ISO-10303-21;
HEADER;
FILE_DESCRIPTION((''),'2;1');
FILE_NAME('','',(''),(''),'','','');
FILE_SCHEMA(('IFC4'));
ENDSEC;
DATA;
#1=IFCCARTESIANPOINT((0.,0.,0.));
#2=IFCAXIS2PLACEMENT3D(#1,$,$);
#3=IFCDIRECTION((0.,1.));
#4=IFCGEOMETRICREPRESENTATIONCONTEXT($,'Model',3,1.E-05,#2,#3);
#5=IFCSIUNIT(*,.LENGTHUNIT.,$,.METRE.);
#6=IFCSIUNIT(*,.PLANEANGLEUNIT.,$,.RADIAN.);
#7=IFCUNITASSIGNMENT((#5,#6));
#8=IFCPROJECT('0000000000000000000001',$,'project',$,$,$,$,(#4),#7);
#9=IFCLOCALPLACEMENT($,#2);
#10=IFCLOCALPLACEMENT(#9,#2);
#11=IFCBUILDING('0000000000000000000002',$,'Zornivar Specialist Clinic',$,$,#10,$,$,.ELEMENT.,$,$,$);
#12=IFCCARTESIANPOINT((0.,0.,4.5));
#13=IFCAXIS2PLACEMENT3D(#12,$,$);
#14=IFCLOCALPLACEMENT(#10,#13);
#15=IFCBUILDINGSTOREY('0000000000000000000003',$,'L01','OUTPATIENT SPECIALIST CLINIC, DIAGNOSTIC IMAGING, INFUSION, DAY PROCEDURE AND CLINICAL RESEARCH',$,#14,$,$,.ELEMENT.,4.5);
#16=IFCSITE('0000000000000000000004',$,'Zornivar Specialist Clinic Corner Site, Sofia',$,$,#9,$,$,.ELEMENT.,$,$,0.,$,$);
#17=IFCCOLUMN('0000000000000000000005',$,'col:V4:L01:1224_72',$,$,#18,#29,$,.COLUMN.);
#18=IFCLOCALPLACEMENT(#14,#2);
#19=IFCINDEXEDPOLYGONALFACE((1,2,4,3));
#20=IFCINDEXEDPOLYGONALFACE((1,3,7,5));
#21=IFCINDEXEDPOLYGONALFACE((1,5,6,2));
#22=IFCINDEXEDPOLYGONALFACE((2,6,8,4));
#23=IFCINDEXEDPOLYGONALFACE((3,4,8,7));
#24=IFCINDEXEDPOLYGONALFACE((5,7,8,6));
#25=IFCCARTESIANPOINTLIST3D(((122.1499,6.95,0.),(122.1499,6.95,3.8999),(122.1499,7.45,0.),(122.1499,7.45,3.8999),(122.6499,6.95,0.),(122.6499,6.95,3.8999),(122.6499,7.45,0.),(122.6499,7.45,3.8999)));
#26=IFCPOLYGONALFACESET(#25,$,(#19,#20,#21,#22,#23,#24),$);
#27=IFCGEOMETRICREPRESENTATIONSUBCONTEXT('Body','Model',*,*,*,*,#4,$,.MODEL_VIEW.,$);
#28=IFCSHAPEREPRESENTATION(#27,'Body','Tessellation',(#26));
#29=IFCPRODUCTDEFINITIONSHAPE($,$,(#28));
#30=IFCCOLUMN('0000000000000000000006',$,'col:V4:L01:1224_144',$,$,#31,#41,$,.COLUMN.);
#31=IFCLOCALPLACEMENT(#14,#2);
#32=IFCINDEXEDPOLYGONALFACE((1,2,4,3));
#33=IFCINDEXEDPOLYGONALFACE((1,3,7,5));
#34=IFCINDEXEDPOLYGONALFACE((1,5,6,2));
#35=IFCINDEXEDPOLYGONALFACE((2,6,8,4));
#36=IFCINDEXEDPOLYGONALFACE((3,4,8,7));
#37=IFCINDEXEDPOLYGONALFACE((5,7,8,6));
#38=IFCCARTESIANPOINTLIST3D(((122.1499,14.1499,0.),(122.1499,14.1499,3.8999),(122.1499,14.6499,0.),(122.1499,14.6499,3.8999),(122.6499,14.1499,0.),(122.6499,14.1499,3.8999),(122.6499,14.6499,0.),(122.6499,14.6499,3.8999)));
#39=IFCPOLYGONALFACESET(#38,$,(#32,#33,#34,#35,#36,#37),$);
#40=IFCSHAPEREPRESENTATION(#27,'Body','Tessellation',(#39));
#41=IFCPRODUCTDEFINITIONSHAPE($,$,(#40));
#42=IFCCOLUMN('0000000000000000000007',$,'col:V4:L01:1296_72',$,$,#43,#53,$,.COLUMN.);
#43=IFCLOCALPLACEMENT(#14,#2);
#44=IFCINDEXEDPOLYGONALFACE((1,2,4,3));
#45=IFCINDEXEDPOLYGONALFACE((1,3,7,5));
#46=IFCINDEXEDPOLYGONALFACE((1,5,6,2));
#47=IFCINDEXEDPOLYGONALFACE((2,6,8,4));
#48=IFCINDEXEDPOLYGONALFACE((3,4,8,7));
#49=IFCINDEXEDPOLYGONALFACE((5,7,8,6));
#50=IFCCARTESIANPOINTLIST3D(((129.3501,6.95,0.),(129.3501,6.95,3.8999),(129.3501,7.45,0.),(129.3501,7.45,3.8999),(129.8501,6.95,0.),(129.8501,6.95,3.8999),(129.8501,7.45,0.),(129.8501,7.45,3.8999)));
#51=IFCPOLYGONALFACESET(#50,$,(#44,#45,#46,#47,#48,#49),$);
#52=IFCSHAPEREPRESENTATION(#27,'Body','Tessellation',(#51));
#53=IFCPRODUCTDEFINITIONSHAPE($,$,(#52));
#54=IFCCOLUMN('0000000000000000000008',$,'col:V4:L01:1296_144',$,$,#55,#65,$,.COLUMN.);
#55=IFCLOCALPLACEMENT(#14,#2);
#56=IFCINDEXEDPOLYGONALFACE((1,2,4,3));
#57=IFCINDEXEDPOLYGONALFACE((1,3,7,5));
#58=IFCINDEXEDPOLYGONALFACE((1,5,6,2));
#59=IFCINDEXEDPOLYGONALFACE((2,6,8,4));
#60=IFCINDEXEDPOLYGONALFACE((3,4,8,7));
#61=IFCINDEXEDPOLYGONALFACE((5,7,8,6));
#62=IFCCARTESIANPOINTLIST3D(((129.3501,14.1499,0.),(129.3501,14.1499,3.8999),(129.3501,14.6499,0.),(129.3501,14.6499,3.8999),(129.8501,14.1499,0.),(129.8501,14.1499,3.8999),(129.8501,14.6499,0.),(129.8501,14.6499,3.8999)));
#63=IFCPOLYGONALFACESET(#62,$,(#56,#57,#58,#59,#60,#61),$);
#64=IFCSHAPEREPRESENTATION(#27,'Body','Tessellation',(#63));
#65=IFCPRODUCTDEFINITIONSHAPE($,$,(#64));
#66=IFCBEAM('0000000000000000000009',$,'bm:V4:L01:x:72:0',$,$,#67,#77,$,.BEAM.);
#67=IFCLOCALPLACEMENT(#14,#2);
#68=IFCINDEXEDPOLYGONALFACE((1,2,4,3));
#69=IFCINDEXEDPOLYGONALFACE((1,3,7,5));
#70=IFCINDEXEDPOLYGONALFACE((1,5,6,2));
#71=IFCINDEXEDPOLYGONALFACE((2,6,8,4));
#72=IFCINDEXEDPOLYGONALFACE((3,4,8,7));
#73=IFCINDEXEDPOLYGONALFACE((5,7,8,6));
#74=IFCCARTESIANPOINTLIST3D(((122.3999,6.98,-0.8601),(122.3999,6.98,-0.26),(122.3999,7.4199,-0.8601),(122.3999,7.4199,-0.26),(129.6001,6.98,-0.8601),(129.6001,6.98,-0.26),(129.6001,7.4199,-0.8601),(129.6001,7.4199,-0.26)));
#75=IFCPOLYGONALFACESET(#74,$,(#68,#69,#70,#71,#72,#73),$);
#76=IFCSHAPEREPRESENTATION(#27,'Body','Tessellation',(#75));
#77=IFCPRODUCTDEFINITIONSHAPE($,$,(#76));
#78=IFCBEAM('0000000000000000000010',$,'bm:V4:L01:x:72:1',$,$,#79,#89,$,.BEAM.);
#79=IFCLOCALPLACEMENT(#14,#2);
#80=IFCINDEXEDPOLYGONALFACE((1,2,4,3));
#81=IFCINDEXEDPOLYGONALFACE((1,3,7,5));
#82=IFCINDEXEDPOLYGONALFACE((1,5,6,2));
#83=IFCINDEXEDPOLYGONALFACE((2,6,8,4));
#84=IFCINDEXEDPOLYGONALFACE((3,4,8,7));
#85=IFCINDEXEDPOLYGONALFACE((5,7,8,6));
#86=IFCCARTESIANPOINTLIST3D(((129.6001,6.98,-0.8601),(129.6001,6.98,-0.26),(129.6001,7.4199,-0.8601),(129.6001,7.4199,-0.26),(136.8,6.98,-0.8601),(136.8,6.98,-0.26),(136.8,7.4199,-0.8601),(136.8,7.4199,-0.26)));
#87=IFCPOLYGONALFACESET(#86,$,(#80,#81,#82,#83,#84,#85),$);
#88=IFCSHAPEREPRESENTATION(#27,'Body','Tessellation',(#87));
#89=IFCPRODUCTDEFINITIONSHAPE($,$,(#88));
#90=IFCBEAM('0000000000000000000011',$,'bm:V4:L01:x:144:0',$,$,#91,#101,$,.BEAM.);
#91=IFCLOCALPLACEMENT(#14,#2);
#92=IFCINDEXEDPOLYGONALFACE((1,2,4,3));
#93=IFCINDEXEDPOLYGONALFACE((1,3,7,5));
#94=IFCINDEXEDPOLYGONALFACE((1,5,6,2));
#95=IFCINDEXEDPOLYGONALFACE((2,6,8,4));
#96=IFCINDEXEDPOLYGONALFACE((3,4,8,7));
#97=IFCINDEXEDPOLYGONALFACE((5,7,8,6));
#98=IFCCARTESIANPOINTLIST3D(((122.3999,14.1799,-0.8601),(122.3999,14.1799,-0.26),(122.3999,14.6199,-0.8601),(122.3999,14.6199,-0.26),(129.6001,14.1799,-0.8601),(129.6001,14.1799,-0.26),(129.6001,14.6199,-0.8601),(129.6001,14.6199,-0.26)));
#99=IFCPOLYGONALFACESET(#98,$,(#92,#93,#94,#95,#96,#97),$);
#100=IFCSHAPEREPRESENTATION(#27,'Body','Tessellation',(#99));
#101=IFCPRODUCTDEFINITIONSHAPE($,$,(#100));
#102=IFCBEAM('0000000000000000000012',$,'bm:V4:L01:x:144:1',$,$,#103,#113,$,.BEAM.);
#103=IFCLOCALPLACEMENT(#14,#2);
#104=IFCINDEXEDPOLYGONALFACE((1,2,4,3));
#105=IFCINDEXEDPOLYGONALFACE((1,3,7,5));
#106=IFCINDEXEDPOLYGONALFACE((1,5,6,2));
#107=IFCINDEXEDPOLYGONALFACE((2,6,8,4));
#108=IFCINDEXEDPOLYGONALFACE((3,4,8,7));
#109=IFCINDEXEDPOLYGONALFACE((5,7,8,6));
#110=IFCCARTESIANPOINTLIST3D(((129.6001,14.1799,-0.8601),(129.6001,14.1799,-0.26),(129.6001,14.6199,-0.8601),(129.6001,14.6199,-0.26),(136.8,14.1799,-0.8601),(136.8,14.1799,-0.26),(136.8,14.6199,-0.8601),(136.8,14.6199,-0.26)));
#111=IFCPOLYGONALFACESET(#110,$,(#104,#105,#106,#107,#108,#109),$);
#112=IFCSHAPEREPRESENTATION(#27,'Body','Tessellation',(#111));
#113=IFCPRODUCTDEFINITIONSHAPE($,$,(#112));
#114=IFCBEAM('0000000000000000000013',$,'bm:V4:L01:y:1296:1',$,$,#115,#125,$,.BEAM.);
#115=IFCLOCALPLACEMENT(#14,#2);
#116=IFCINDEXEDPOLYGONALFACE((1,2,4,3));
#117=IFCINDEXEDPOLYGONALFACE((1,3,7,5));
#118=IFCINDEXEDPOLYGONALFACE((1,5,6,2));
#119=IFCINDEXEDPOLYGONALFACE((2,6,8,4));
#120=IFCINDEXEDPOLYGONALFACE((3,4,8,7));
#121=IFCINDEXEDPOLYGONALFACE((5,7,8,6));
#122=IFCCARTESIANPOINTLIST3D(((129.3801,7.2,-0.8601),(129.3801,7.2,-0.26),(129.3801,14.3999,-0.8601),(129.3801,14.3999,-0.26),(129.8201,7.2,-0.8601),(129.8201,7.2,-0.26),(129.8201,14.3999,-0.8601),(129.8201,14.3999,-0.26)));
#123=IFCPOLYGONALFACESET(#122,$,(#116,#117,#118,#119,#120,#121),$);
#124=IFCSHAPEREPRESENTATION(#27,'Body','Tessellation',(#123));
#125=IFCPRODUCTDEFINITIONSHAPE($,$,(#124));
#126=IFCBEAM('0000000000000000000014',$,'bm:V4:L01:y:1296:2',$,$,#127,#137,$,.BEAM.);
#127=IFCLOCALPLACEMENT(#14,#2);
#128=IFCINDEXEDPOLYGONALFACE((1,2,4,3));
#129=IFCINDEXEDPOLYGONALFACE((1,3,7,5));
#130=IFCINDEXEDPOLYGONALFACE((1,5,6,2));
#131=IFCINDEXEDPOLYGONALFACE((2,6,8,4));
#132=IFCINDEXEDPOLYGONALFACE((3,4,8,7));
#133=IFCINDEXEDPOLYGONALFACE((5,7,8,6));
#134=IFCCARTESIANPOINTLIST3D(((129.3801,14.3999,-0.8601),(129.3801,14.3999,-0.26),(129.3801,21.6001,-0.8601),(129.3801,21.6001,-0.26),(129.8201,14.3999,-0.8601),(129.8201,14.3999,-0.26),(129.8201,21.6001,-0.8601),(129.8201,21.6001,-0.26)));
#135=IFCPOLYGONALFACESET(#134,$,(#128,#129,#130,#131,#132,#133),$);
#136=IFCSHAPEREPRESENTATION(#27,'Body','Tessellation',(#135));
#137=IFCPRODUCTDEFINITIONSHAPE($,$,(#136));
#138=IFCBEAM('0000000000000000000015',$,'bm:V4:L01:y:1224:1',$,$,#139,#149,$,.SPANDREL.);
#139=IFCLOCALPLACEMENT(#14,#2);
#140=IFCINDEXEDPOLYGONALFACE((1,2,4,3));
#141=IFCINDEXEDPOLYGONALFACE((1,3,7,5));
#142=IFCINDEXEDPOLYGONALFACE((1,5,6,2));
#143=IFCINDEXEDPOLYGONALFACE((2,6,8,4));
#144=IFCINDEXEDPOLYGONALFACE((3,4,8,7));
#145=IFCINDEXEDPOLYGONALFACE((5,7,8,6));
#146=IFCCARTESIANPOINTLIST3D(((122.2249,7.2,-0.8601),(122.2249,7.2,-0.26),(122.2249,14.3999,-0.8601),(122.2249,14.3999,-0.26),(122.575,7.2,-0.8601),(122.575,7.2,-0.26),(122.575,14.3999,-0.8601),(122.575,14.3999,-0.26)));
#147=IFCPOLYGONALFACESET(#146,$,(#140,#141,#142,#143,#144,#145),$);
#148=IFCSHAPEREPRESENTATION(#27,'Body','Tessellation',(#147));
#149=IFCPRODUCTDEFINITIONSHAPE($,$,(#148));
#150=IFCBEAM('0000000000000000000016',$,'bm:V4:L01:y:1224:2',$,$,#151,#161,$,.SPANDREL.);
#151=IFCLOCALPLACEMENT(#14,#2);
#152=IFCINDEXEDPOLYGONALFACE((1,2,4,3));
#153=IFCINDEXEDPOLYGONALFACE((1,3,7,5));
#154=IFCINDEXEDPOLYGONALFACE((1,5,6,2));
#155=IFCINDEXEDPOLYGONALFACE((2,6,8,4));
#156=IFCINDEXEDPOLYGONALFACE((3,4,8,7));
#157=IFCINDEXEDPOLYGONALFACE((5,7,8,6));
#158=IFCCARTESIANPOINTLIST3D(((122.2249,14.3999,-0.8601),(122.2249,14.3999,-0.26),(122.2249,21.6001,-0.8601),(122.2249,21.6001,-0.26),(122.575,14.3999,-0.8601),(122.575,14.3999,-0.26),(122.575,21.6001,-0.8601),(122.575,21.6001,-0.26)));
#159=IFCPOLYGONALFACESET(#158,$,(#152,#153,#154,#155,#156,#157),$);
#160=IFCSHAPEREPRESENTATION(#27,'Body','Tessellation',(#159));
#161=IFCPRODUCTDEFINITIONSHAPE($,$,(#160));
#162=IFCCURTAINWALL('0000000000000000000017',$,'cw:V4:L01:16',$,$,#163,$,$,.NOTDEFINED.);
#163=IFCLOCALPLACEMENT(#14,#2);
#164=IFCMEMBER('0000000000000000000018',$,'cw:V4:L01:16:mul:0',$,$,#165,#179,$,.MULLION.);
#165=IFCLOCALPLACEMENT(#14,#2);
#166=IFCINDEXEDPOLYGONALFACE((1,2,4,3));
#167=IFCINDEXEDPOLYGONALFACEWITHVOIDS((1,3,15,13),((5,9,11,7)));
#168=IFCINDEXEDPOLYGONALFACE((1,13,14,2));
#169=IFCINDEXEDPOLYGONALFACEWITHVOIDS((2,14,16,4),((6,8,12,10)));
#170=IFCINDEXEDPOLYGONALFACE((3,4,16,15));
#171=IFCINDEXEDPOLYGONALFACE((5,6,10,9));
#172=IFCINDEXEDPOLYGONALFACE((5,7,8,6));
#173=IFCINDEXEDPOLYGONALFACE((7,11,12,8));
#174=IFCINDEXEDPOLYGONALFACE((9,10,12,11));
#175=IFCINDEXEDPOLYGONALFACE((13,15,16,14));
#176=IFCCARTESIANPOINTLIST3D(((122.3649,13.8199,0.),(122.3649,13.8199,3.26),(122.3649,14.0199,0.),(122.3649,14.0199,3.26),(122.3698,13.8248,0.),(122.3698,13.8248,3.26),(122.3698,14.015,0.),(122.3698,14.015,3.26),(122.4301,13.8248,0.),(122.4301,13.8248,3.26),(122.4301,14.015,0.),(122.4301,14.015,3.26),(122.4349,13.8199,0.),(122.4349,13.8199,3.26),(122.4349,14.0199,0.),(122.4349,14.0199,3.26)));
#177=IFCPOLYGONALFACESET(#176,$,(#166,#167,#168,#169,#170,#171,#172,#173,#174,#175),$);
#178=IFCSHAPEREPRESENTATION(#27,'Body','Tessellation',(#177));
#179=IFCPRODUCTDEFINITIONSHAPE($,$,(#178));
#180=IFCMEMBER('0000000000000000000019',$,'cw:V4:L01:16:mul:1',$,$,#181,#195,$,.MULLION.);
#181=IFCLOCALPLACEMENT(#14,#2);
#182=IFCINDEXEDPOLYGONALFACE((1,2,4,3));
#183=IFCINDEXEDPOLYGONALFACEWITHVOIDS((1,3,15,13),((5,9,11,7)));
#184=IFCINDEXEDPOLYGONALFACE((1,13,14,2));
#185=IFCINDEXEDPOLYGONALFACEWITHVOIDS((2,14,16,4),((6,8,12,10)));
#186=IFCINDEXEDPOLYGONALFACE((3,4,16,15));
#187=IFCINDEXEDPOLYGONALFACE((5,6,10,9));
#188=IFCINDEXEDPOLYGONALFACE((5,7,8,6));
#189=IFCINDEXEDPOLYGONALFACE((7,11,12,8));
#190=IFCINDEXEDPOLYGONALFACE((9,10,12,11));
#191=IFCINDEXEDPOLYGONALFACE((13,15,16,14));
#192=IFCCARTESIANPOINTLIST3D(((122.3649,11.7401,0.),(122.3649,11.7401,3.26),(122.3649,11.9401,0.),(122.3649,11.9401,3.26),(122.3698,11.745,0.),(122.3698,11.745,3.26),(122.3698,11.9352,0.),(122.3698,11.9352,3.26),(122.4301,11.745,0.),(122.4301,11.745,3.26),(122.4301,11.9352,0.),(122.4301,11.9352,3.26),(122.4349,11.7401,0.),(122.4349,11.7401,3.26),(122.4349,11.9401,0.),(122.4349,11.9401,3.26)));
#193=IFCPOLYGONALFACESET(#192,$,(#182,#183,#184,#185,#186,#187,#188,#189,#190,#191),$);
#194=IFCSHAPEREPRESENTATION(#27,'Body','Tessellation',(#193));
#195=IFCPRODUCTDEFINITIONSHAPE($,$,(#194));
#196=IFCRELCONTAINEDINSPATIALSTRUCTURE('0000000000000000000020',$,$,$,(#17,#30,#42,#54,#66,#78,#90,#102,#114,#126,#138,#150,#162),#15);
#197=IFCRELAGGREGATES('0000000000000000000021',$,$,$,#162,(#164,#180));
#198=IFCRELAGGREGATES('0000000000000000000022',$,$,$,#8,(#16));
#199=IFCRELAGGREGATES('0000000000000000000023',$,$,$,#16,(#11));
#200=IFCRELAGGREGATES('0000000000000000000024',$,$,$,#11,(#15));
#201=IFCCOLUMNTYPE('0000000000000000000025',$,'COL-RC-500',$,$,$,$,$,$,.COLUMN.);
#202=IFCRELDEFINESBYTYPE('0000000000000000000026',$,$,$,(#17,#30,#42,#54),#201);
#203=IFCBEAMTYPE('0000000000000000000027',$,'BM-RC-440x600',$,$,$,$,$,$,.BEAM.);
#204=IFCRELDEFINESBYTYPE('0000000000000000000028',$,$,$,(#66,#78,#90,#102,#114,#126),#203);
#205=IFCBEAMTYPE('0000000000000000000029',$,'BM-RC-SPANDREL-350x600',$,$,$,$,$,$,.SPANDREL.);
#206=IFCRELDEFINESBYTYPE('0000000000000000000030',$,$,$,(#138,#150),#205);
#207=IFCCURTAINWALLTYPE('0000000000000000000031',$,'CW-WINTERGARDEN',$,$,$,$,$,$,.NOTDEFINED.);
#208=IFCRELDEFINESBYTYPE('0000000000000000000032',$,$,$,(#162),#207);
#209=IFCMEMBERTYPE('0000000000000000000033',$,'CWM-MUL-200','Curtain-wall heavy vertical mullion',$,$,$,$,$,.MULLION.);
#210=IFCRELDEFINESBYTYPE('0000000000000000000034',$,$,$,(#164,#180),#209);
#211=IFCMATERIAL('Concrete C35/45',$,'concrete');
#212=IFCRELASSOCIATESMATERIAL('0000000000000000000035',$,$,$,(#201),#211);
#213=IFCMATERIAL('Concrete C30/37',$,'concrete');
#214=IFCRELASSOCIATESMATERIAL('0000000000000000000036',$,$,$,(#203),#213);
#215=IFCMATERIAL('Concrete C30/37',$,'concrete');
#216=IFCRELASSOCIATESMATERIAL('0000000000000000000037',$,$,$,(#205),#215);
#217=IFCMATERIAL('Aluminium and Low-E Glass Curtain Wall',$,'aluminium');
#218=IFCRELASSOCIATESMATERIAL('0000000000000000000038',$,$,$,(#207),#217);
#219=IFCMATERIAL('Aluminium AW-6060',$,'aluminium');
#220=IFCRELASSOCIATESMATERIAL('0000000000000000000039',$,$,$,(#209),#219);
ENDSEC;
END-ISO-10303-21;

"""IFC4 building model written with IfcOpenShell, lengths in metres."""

from ifc_helpers import new_model, si_unit, direction, frame, origin, origin_2d, place, context, subcontext, project, spatial, rectangle, hollow_rectangle, extrude, material, material_profile, profile_set, type_object, element, aggregate, save


model = new_model("IFC4")

# Units and contexts
model_context = context("Model", 3, precision=1e-05, world=origin(), true_north=direction((0.0, 1.0)))
body_context = subcontext(model_context, "Body", "Model", "MODEL_VIEW")
ifc_project = project(units=[si_unit("LENGTHUNIT", "METRE"), si_unit("PLANEANGLEUNIT", "RADIAN")], contexts=[model_context])

# Site, building, storey
site_placement = place(None, origin())
site = spatial("IfcSite", under=ifc_project, at=site_placement, Name="Zornivar Specialist Clinic Corner Site, Sofia", CompositionType="ELEMENT", RefElevation=0.0)
building_placement = place(site_placement, origin())
building = spatial("IfcBuilding", under=site, at=building_placement, Name="Zornivar Specialist Clinic", CompositionType="ELEMENT")
storey_placement = place(building_placement, frame((0.0, 0.0, 4.5)))
storey = spatial("IfcBuildingStorey", under=building, at=storey_placement, Name="L01", Description="OUTPATIENT SPECIALIST CLINIC, DIAGNOSTIC IMAGING, INFUSION, DAY PROCEDURE AND CLINICAL RESEARCH", CompositionType="ELEMENT", Elevation=4.5)

# Columns
ifc_material_1 = material(Name="Concrete C35/45", Category="concrete")
ifc_material_profile_1 = material_profile(ifc_material_1, rectangle(XDim=0.5, YDim=0.5, at=origin_2d()), Name="RC 500x500")
ifc_profile_set_1 = profile_set([ifc_material_profile_1], Name="Concrete C35/45")
column_type = type_object("IfcColumnType", Name="COL-RC-500", PredefinedType="COLUMN", material=ifc_profile_set_1)
for number, where, z_axis, x_axis, name in (
    (1, (122.3999, 7.2, 0.0), (0.0, 0.0, 1.0), (1.0, 0.0, 0.0), "col:V4:L01:1224_72"),
    (2, (122.3999, 14.3999, 0.0), (0.0, 0.0, 1.0), (1.0, 0.0, 0.0), "col:V4:L01:1224_144"),
    (3, (129.6001, 7.2, 0.0), (0.0, 0.0, 1.0), (1.0, 0.0, 0.0), "col:V4:L01:1296_72"),
    (4, (129.6001, 14.3999, 0.0), (0.0, 0.0, 1.0), (1.0, 0.0, 0.0), "col:V4:L01:1296_144"),
):
    element("IfcColumn", number, at=place(storey_placement, frame(where, z_axis=z_axis, x_axis=x_axis)), inside=storey, type_object=column_type, Name=name, PredefinedType="COLUMN", context=body_context, shape_type="SweptSolid", body=[
        extrude(rectangle(XDim=0.5, YDim=0.5, at=origin_2d()), origin(), (0.0, 0.0, 1.0), 3.8999),
    ])

# Beams
ifc_material_2 = material(Name="Concrete C30/37", Category="concrete")
ifc_material_profile_2 = material_profile(ifc_material_2, rectangle(XDim=0.4399, YDim=0.6001, at=origin_2d()), Name="RC 440x600")
ifc_profile_set_2 = profile_set([ifc_material_profile_2], Name="Concrete C30/37")
beam_type_1 = type_object("IfcBeamType", Name="BM-RC-440x600", PredefinedType="BEAM", material=ifc_profile_set_2)
beam_1_placement = place(storey_placement, frame((122.3999, 7.2, -0.5601), z_axis=(1.0, 0.0, 0.0), x_axis=(0.0, 1.0, 0.0)))
element("IfcBeam", 5, at=beam_1_placement, inside=storey, type_object=beam_type_1, Name="bm:V4:L01:x:72:0", PredefinedType="BEAM", context=body_context, shape_type="SweptSolid", body=[
    extrude(rectangle(XDim=0.4399, YDim=0.6001, at=origin_2d()), origin(), (0.0, 0.0, 1.0), 7.2002),
])
beam_2_placement = place(storey_placement, frame((129.6001, 7.2, -0.5601), z_axis=(1.0, 0.0, 0.0), x_axis=(0.0, 1.0, 0.0)))
element("IfcBeam", 6, at=beam_2_placement, inside=storey, type_object=beam_type_1, Name="bm:V4:L01:x:72:1", PredefinedType="BEAM", context=body_context, shape_type="SweptSolid", body=[
    extrude(rectangle(XDim=0.4399, YDim=0.6001, at=origin_2d()), origin(), (0.0, 0.0, 1.0), 7.2),
])
beam_3_placement = place(storey_placement, frame((122.3999, 14.3999, -0.5601), z_axis=(1.0, 0.0, 0.0), x_axis=(0.0, 1.0, 0.0)))
element("IfcBeam", 7, at=beam_3_placement, inside=storey, type_object=beam_type_1, Name="bm:V4:L01:x:144:0", PredefinedType="BEAM", context=body_context, shape_type="SweptSolid", body=[
    extrude(rectangle(XDim=0.4399, YDim=0.6001, at=origin_2d()), origin(), (0.0, 0.0, 1.0), 7.2002),
])
for number, where, z_axis, x_axis, name in (
    (8, (129.6001, 14.3999, -0.5601), (1.0, 0.0, 0.0), (0.0, 1.0, 0.0), "bm:V4:L01:x:144:1"),
    (9, (129.6001, 7.2, -0.5601), (0.0, 1.0, 0.0), (-1.0, 0.0, 0.0), "bm:V4:L01:y:1296:1"),
):
    element("IfcBeam", number, at=place(storey_placement, frame(where, z_axis=z_axis, x_axis=x_axis)), inside=storey, type_object=beam_type_1, Name=name, PredefinedType="BEAM", context=body_context, shape_type="SweptSolid", body=[
        extrude(rectangle(XDim=0.4399, YDim=0.6001, at=origin_2d()), origin(), (0.0, 0.0, 1.0), 7.2),
    ])
beam_4_placement = place(storey_placement, frame((129.6001, 14.3999, -0.5601), z_axis=(0.0, 1.0, 0.0), x_axis=(-1.0, 0.0, 0.0)))
element("IfcBeam", 10, at=beam_4_placement, inside=storey, type_object=beam_type_1, Name="bm:V4:L01:y:1296:2", PredefinedType="BEAM", context=body_context, shape_type="SweptSolid", body=[
    extrude(rectangle(XDim=0.4399, YDim=0.6001, at=origin_2d()), origin(), (0.0, 0.0, 1.0), 7.2002),
])
ifc_material_3 = material(Name="Concrete C30/37", Category="concrete")
ifc_material_profile_3 = material_profile(ifc_material_3, rectangle(XDim=0.3501, YDim=0.6001, at=origin_2d()), Name="RC 350x600")
ifc_profile_set_3 = profile_set([ifc_material_profile_3], Name="Concrete C30/37")
beam_type_2 = type_object("IfcBeamType", Name="BM-RC-SPANDREL-350x600", PredefinedType="SPANDREL", material=ifc_profile_set_3)
beam_5_placement = place(storey_placement, frame((122.3999, 7.2, -0.5601), z_axis=(0.0, 1.0, 0.0), x_axis=(-1.0, 0.0, 0.0)))
element("IfcBeam", 11, at=beam_5_placement, inside=storey, type_object=beam_type_2, Name="bm:V4:L01:y:1224:1", PredefinedType="SPANDREL", context=body_context, shape_type="SweptSolid", body=[
    extrude(rectangle(XDim=0.3501, YDim=0.6001, at=origin_2d()), origin(), (0.0, 0.0, 1.0), 7.2),
])
beam_6_placement = place(storey_placement, frame((122.3999, 14.3999, -0.5601), z_axis=(0.0, 1.0, 0.0), x_axis=(-1.0, 0.0, 0.0)))
element("IfcBeam", 12, at=beam_6_placement, inside=storey, type_object=beam_type_2, Name="bm:V4:L01:y:1224:2", PredefinedType="SPANDREL", context=body_context, shape_type="SweptSolid", body=[
    extrude(rectangle(XDim=0.3501, YDim=0.6001, at=origin_2d()), origin(), (0.0, 0.0, 1.0), 7.2002),
])

# Curtain wall, members
ifc_material_4 = material(Name="Aluminium and Low-E Glass Curtain Wall", Category="aluminium")
curtain_wall_type = type_object("IfcCurtainWallType", Name="CW-WINTERGARDEN", PredefinedType="NOTDEFINED", material=ifc_material_4)
curtain_wall_1_placement = place(storey_placement, origin())
curtain_wall_1 = element("IfcCurtainWall", 13, at=curtain_wall_1_placement, inside=storey, type_object=curtain_wall_type, Name="cw:V4:L01:16", PredefinedType="NOTDEFINED")
ifc_material_5 = material(Name="Aluminium AW-6060", Category="aluminium")
ifc_material_profile_4 = material_profile(ifc_material_5, hollow_rectangle(XDim=0.0701, YDim=0.2, WallThickness=0.0049, at=origin_2d()), Name="ALU 70x200x5")
ifc_profile_set_4 = profile_set([ifc_material_profile_4], Name="Aluminium AW-6060")
member_type_1 = type_object("IfcMemberType", Name="CWM-MUL-200", Description="Curtain-wall heavy vertical mullion", PredefinedType="MULLION", material=ifc_profile_set_4)
member_1_placement = place(storey_placement, frame((122.3999, 13.9199, 0.0), z_axis=(0.0, 0.0, 1.0), x_axis=(1.0, 0.0, 0.0)))
member_1 = element("IfcMember", 14, at=member_1_placement, type_object=member_type_1, Name="cw:V4:L01:16:mul:0", PredefinedType="MULLION", context=body_context, shape_type="SweptSolid", body=[
    extrude(hollow_rectangle(XDim=0.0701, YDim=0.2, WallThickness=0.0049, at=origin_2d()), origin(), (0.0, 0.0, 1.0), 3.26),
])
member_2_placement = place(storey_placement, frame((122.3999, 11.8401, 0.0), z_axis=(0.0, 0.0, 1.0), x_axis=(1.0, 0.0, 0.0)))
member_2 = element("IfcMember", 15, at=member_2_placement, type_object=member_type_1, Name="cw:V4:L01:16:mul:1", PredefinedType="MULLION", context=body_context, shape_type="SweptSolid", body=[
    extrude(hollow_rectangle(XDim=0.0701, YDim=0.2, WallThickness=0.0049, at=origin_2d()), origin(), (0.0, 0.0, 1.0), 3.26),
])

aggregate(curtain_wall_1, [member_1, member_2])

save(model, "model.ifc")
